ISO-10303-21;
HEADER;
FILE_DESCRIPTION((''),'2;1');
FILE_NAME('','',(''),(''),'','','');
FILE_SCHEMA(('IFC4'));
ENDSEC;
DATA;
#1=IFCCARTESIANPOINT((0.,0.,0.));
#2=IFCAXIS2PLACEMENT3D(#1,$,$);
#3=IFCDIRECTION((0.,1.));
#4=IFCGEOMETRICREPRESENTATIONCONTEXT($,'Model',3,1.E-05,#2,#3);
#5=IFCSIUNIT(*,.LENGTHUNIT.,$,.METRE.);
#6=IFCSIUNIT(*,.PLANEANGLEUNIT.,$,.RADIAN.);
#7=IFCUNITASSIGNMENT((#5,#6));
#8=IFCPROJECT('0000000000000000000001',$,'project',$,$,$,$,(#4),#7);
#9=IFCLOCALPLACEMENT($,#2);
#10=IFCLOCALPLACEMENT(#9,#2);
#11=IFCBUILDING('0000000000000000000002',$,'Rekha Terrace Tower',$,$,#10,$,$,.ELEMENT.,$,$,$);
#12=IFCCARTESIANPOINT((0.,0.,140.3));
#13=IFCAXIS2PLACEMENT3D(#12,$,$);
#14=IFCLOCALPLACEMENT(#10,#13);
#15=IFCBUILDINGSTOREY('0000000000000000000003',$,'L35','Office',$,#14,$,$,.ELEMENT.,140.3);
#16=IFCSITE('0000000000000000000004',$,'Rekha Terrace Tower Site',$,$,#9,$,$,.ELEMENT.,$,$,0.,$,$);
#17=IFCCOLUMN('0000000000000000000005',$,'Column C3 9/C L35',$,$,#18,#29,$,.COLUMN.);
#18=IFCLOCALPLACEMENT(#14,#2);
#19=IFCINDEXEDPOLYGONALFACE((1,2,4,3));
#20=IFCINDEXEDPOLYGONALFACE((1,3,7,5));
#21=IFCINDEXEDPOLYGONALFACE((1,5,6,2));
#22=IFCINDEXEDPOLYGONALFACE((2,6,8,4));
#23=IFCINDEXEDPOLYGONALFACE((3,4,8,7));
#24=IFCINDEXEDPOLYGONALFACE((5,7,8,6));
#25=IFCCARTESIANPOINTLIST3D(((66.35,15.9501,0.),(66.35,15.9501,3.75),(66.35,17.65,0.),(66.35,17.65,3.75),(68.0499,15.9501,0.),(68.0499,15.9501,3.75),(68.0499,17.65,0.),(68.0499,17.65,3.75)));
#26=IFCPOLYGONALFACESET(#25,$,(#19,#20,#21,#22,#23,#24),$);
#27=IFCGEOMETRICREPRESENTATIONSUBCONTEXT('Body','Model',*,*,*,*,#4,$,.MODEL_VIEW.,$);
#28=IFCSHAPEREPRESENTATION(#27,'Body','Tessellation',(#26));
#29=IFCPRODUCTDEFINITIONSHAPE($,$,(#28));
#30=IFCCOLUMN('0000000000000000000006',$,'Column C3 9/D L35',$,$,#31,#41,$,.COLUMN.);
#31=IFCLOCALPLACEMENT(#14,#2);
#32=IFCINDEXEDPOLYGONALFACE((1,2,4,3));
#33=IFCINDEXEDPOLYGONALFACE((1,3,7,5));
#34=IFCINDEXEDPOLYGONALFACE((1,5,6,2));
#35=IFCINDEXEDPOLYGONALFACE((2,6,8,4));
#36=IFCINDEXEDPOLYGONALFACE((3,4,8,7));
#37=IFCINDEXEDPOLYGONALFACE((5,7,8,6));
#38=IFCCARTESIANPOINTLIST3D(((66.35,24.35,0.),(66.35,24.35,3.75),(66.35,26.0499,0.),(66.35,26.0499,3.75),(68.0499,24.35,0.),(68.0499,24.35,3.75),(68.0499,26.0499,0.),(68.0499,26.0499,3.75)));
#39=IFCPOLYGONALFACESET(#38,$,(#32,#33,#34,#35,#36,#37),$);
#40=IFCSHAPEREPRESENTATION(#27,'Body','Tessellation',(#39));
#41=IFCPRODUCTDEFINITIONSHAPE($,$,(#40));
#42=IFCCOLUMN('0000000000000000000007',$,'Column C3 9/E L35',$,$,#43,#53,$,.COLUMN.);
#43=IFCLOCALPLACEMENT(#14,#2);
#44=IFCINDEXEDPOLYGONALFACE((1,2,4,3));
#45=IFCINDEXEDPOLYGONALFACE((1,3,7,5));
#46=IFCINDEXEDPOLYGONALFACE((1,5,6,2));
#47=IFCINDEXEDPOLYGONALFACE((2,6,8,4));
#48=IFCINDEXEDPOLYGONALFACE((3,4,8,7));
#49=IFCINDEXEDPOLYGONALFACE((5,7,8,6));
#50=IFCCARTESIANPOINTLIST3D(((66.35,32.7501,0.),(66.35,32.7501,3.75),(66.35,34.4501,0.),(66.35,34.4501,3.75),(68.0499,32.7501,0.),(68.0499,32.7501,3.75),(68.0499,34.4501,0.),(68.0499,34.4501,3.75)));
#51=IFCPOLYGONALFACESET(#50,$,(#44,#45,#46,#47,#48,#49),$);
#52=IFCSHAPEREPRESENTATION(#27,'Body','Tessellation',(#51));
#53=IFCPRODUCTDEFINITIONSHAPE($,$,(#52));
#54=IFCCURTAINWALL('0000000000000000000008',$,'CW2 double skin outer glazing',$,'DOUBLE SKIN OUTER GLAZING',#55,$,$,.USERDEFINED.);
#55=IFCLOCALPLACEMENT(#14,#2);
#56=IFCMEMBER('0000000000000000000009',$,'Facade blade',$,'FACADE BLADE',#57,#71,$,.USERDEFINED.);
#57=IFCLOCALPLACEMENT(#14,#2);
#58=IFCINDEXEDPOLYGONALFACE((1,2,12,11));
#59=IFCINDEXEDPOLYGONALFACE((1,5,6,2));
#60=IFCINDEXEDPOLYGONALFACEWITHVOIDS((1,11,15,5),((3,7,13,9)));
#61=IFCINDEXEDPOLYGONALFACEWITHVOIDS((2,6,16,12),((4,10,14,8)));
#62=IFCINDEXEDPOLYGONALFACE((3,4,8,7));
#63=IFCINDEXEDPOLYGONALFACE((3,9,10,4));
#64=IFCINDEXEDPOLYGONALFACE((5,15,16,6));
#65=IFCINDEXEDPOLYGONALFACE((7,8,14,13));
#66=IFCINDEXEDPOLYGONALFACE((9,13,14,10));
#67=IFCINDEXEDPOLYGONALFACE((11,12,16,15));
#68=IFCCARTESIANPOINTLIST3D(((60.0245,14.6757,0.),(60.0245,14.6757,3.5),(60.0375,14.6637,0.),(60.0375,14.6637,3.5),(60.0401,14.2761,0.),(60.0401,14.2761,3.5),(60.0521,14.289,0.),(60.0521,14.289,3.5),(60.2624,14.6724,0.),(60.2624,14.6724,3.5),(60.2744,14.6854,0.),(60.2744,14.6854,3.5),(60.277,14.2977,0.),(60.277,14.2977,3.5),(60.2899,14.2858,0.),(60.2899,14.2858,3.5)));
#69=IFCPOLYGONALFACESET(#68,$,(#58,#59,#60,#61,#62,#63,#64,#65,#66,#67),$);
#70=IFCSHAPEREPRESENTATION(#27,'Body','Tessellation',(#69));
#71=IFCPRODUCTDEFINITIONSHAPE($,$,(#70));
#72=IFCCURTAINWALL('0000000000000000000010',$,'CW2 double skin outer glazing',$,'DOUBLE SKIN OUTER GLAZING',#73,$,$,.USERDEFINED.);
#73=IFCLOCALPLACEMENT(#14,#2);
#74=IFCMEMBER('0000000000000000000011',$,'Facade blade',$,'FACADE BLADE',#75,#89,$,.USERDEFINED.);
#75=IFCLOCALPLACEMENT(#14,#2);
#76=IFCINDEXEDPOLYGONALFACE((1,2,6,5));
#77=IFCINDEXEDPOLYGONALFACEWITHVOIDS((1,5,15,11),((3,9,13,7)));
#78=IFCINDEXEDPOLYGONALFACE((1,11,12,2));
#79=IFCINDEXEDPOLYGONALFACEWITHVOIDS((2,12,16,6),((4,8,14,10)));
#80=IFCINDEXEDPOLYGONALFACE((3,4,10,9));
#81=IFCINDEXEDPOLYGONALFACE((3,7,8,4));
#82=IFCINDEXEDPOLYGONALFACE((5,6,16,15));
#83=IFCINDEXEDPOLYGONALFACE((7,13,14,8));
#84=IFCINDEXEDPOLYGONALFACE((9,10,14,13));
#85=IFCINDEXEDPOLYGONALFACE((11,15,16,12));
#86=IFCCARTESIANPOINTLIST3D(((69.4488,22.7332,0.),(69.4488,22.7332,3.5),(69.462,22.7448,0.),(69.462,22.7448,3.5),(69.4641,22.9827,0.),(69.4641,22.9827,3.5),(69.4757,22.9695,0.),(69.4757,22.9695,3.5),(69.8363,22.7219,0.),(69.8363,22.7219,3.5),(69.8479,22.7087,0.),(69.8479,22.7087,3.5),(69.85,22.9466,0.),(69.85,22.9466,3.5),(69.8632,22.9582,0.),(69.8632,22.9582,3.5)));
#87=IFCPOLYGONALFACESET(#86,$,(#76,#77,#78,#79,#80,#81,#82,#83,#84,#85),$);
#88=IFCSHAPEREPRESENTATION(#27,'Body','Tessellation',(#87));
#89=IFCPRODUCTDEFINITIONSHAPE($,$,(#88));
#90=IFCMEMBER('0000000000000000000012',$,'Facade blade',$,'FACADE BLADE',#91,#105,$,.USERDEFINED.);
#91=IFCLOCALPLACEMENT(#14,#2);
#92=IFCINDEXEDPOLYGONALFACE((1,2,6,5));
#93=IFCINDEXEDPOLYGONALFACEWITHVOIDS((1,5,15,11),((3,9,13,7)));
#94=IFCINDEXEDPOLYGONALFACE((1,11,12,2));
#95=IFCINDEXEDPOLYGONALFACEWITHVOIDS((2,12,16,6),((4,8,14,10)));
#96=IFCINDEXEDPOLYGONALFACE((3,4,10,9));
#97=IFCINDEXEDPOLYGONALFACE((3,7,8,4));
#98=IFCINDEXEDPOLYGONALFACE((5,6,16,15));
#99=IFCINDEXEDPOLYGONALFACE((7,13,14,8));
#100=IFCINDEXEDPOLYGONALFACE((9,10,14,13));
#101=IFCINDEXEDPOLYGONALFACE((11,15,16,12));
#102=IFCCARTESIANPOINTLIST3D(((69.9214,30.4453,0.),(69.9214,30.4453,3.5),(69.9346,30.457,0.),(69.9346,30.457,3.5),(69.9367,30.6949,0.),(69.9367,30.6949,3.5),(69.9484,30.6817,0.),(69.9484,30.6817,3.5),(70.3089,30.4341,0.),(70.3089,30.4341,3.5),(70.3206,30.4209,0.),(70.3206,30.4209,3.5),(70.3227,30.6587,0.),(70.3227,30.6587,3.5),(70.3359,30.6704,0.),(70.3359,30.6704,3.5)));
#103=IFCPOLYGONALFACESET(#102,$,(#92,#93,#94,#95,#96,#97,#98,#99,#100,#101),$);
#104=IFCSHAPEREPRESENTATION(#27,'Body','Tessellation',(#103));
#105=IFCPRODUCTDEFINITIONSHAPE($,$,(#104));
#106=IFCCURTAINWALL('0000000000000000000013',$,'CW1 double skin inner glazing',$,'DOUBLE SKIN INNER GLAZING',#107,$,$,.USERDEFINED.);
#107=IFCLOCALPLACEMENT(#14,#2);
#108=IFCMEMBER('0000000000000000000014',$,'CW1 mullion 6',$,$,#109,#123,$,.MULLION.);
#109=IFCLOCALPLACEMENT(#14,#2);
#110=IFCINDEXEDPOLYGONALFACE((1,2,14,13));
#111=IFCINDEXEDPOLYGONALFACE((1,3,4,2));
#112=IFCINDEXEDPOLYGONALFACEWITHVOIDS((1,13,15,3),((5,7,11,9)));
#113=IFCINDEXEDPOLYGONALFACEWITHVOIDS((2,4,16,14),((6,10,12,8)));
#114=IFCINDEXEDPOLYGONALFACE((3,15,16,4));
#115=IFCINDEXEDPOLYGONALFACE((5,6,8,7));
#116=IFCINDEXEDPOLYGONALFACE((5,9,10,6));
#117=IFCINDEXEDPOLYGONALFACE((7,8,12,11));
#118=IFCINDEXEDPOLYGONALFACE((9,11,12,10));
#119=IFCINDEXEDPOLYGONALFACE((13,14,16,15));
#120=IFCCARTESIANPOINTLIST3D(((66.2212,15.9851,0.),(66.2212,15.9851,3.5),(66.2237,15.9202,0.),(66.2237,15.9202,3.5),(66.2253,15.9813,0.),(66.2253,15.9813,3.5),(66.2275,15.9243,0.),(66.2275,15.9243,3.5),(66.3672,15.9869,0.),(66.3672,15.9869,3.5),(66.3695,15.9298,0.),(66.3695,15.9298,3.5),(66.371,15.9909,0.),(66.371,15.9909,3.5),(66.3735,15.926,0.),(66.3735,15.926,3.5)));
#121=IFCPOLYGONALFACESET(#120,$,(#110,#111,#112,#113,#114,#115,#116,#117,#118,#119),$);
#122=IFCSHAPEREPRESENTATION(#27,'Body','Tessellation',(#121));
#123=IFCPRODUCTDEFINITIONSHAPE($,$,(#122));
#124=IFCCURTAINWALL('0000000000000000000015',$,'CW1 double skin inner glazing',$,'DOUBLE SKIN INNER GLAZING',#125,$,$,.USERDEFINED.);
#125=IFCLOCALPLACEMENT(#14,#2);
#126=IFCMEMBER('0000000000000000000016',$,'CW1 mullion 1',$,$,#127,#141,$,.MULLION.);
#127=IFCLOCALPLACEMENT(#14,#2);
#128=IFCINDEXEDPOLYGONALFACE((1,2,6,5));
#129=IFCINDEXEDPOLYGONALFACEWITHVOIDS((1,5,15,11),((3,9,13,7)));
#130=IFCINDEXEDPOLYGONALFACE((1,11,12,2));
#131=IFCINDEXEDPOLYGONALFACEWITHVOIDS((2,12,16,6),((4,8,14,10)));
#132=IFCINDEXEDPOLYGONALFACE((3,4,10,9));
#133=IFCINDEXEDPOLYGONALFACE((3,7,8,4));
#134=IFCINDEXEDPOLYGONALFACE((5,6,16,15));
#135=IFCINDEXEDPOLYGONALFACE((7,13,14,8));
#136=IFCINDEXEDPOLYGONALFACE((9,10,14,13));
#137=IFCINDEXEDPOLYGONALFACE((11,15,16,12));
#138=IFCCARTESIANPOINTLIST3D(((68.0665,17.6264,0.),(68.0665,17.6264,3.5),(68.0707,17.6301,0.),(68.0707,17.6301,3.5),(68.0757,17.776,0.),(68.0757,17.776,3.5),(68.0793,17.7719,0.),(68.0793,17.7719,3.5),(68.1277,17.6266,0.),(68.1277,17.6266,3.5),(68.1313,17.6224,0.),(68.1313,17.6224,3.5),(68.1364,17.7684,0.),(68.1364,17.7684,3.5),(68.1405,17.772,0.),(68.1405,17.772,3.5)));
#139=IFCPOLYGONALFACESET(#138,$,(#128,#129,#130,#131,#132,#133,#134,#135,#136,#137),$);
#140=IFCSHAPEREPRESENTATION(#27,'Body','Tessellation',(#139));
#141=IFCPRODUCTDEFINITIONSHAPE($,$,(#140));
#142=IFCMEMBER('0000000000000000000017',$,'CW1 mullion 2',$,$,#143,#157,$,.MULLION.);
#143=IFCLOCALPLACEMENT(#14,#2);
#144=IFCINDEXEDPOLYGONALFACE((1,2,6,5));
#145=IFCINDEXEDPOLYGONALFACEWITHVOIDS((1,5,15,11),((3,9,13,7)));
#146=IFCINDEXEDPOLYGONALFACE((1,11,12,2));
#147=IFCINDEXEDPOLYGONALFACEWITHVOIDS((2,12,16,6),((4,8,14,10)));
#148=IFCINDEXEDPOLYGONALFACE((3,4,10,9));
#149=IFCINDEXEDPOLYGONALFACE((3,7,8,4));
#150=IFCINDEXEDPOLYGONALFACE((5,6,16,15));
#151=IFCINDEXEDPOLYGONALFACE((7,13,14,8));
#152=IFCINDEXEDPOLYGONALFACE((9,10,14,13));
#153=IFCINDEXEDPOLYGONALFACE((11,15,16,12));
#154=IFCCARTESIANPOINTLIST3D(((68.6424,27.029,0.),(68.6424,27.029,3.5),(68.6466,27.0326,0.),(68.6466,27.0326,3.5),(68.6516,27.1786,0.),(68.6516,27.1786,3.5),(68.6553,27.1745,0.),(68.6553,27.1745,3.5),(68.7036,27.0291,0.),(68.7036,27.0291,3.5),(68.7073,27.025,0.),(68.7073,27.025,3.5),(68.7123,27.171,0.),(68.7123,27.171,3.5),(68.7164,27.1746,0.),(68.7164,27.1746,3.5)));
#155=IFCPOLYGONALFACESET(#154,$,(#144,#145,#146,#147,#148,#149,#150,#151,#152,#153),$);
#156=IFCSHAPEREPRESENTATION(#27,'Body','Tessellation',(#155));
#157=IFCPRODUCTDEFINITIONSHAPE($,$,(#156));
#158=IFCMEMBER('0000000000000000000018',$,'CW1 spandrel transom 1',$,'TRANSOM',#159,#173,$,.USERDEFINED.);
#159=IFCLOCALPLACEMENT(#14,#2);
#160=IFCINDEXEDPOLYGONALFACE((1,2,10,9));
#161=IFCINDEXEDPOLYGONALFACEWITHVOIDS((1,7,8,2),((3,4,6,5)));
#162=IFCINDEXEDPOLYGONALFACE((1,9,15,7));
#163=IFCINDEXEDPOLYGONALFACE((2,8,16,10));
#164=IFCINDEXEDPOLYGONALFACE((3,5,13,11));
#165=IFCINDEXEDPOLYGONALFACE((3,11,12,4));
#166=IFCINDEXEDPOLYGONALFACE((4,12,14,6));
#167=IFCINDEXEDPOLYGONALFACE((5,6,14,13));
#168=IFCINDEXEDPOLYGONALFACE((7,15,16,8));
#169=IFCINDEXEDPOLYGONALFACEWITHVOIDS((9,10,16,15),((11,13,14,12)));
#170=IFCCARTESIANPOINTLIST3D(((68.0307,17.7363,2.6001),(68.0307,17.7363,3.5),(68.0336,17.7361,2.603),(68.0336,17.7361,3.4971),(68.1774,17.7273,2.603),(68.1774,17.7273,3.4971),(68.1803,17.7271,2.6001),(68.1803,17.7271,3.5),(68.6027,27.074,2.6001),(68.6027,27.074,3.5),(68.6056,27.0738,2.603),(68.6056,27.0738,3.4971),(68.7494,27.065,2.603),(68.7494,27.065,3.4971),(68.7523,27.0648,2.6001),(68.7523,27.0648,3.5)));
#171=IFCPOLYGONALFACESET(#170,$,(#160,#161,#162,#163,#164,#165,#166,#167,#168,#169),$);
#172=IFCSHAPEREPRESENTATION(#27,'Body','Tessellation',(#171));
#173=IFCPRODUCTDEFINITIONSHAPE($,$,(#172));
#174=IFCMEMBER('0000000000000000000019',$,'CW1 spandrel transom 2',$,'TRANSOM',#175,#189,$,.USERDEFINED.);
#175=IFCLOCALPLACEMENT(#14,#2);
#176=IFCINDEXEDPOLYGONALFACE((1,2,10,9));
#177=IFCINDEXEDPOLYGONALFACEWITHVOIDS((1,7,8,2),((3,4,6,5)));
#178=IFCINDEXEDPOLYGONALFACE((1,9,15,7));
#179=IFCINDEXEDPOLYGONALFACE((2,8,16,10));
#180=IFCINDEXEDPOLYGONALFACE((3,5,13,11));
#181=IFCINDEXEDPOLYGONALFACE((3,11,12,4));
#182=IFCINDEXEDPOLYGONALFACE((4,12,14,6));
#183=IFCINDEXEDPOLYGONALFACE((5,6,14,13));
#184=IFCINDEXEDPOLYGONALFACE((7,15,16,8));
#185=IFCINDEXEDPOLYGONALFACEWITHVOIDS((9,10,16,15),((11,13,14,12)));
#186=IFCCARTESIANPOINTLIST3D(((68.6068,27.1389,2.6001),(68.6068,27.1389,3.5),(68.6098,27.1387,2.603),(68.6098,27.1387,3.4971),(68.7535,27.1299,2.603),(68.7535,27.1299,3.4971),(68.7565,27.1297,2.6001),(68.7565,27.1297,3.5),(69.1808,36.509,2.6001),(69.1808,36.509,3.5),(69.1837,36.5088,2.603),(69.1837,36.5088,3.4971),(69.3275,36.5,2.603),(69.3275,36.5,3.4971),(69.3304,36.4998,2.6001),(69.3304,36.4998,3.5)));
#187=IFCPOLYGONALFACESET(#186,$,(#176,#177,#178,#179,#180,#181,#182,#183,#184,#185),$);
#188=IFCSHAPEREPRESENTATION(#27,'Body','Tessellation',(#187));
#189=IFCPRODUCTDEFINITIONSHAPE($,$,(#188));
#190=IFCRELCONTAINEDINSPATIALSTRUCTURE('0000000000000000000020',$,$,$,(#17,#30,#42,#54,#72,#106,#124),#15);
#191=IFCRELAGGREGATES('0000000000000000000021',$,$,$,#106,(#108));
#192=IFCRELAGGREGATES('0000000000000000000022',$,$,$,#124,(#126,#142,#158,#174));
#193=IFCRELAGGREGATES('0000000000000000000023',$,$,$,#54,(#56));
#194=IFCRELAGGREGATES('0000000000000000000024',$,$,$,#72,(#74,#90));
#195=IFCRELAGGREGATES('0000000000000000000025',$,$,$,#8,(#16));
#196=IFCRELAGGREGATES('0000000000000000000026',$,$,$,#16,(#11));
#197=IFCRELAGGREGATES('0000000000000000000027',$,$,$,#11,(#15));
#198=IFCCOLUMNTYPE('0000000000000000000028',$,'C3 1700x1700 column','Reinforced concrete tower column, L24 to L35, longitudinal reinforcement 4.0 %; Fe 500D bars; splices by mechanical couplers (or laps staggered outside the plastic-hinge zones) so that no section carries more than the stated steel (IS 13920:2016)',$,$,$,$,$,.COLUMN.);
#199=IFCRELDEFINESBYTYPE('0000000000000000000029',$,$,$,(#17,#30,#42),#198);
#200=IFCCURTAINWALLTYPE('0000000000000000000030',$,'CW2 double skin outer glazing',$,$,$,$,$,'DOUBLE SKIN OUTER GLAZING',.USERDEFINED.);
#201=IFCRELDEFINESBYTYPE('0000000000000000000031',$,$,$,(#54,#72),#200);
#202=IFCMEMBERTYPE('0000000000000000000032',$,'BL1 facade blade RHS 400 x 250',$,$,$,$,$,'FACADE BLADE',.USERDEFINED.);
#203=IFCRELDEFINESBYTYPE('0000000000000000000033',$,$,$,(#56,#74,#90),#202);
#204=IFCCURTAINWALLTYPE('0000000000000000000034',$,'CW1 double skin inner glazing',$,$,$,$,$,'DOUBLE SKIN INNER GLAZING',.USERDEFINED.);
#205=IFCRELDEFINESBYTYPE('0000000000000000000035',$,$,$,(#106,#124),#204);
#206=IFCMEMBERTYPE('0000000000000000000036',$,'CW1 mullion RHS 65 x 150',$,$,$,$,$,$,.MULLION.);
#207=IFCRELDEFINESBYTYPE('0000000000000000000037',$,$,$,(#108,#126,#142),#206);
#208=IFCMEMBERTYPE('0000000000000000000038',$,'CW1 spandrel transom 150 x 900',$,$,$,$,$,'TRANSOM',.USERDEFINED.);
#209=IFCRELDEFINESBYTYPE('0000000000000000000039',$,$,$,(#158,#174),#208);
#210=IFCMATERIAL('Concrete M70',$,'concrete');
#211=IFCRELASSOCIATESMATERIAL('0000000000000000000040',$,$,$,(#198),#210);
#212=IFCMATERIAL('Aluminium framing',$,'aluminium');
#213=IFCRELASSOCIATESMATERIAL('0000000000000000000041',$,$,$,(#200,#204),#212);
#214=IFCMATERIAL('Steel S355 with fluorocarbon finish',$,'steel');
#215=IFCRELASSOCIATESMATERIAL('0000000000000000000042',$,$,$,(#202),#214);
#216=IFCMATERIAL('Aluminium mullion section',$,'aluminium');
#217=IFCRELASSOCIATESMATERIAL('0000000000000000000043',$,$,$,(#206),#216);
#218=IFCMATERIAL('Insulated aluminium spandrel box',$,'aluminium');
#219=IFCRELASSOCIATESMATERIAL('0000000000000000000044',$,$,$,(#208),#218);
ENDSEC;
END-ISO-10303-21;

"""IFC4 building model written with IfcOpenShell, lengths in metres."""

from ifc_helpers import new_model, si_unit, direction, frame, origin, origin_2d, place, context, subcontext, project, spatial, rectangle, hollow_rectangle, extrude, material, material_profile, profile_set, type_object, element, aggregate, save


model = new_model("IFC4")

# Units and contexts
model_context = context("Model", 3, precision=1e-05, world=origin(), true_north=direction((0.0, 1.0)))
body_context = subcontext(model_context, "Body", "Model", "MODEL_VIEW")
ifc_project = project(units=[si_unit("LENGTHUNIT", "METRE"), si_unit("PLANEANGLEUNIT", "RADIAN")], contexts=[model_context])

# Site, building, storey
site_placement = place(None, origin())
site = spatial("IfcSite", under=ifc_project, at=site_placement, Name="Rekha Terrace Tower Site", CompositionType="ELEMENT", RefElevation=0.0)
building_placement = place(site_placement, origin())
building = spatial("IfcBuilding", under=site, at=building_placement, Name="Rekha Terrace Tower", CompositionType="ELEMENT")
storey_placement = place(building_placement, frame((0.0, 0.0, 140.3)))
storey = spatial("IfcBuildingStorey", under=building, at=storey_placement, Name="L35", Description="Office", CompositionType="ELEMENT", Elevation=140.3)

# Columns
ifc_material_1 = material(Name="Concrete M70", Category="concrete")
ifc_material_profile_1 = material_profile(ifc_material_1, rectangle(XDim=1.7, YDim=1.7, at=origin_2d()), Name="RC 1700x1700")
ifc_profile_set_1 = profile_set([ifc_material_profile_1], Name="Concrete M70")
column_type = type_object("IfcColumnType", Name="C3 1700x1700 column", Description="Reinforced concrete tower column, L24 to L35, longitudinal reinforcement 4.0 %; Fe 500D bars; splices by mechanical couplers (or laps staggered outside the plastic-hinge zones) so that no section carries more than the stated steel (IS 13920:2016)", PredefinedType="COLUMN", material=ifc_profile_set_1)
for number, where, z_axis, x_axis, name in (
    (1, (67.2, 16.8, 0.0), (0.0, 0.0, 1.0), (1.0, 0.0, 0.0), "Column C3 9/C L35"),
    (2, (67.2, 25.2, 0.0), (0.0, 0.0, 1.0), (1.0, 0.0, 0.0), "Column C3 9/D L35"),
    (3, (67.2, 33.6001, 0.0), (0.0, 0.0, 1.0), (1.0, 0.0, 0.0), "Column C3 9/E L35"),
):
    element("IfcColumn", number, at=place(storey_placement, frame(where, z_axis=z_axis, x_axis=x_axis)), inside=storey, type_object=column_type, Name=name, PredefinedType="COLUMN", context=body_context, shape_type="SweptSolid", body=[
        extrude(rectangle(XDim=1.7, YDim=1.7, at=origin_2d()), origin(), (0.0, 0.0, 1.0), 3.75),
    ])

# Curtain wall, member
ifc_material_2 = material(Name="Aluminium framing", Category="aluminium")
curtain_wall_type_1 = type_object("IfcCurtainWallType", Name="CW2 double skin outer glazing", ElementType="DOUBLE SKIN OUTER GLAZING", PredefinedType="USERDEFINED", material=ifc_material_2)
curtain_wall_1_placement = place(storey_placement, origin())
curtain_wall_1 = element("IfcCurtainWall", 4, at=curtain_wall_1_placement, inside=storey, type_object=curtain_wall_type_1, Name="CW2 double skin outer glazing", ObjectType="DOUBLE SKIN OUTER GLAZING", PredefinedType="USERDEFINED")
ifc_material_3 = material(Name="Steel S355 with fluorocarbon finish", Category="steel")
ifc_material_profile_2 = material_profile(ifc_material_3, hollow_rectangle(XDim=0.25, YDim=0.3999, WallThickness=0.0125, at=origin_2d()), Name="RHS400x250x12.5")
ifc_profile_set_2 = profile_set([ifc_material_profile_2], Name="Steel S355 with fluorocarbon finish")
member_type_1 = type_object("IfcMemberType", Name="BL1 facade blade RHS 400 x 250", ElementType="FACADE BLADE", PredefinedType="USERDEFINED", material=ifc_profile_set_2)
member_1_placement = place(storey_placement, frame((60.1572, 14.4807, 0.0), z_axis=(0.0, 0.0, 1.0), x_axis=(0.999243, 0.03889, 0.0)))
member_1 = element("IfcMember", 5, at=member_1_placement, type_object=member_type_1, Name="Facade blade", ObjectType="FACADE BLADE", PredefinedType="USERDEFINED", context=body_context, shape_type="SweptSolid", body=[
    extrude(hollow_rectangle(XDim=0.25, YDim=0.3999, WallThickness=0.0125, at=origin_2d()), origin(), (0.0, 0.0, 1.0), 3.5),
])

# Curtain wall, members
curtain_wall_2_placement = place(storey_placement, origin())
curtain_wall_2 = element("IfcCurtainWall", 6, at=curtain_wall_2_placement, inside=storey, type_object=curtain_wall_type_1, Name="CW2 double skin outer glazing", ObjectType="DOUBLE SKIN OUTER GLAZING", PredefinedType="USERDEFINED")
member_2_placement = place(storey_placement, frame((69.656, 22.8457, 0.0), z_axis=(0.0, 0.0, 1.0), x_axis=(0.06116, 0.998128, 0.0)))
member_2 = element("IfcMember", 7, at=member_2_placement, type_object=member_type_1, Name="Facade blade", ObjectType="FACADE BLADE", PredefinedType="USERDEFINED", context=body_context, shape_type="SweptSolid", body=[
    extrude(hollow_rectangle(XDim=0.25, YDim=0.3999, WallThickness=0.0125, at=origin_2d()), origin(), (0.0, 0.0, 1.0), 3.5),
])
member_3_placement = place(storey_placement, frame((70.1287, 30.5579, 0.0), z_axis=(0.0, 0.0, 1.0), x_axis=(0.06116, 0.998128, 0.0)))
member_3 = element("IfcMember", 8, at=member_3_placement, type_object=member_type_1, Name="Facade blade", ObjectType="FACADE BLADE", PredefinedType="USERDEFINED", context=body_context, shape_type="SweptSolid", body=[
    extrude(hollow_rectangle(XDim=0.25, YDim=0.3999, WallThickness=0.0125, at=origin_2d()), origin(), (0.0, 0.0, 1.0), 3.5),
])

# Curtain wall, member
curtain_wall_type_2 = type_object("IfcCurtainWallType", Name="CW1 double skin inner glazing", ElementType="DOUBLE SKIN INNER GLAZING", PredefinedType="USERDEFINED", material=ifc_material_2)
curtain_wall_3_placement = place(storey_placement, origin())
curtain_wall_3 = element("IfcCurtainWall", 9, at=curtain_wall_3_placement, inside=storey, type_object=curtain_wall_type_2, Name="CW1 double skin inner glazing", ObjectType="DOUBLE SKIN INNER GLAZING", PredefinedType="USERDEFINED")
ifc_material_4 = material(Name="Aluminium mullion section", Category="aluminium")
ifc_material_profile_3 = material_profile(ifc_material_4, hollow_rectangle(XDim=0.0649, YDim=0.1499, WallThickness=0.0039, at=origin_2d()), Name="AL RHS 65x150")
ifc_profile_set_3 = profile_set([ifc_material_profile_3], Name="Aluminium mullion section")
member_type_2 = type_object("IfcMemberType", Name="CW1 mullion RHS 65 x 150", PredefinedType="MULLION", material=ifc_profile_set_3)
member_4_placement = place(storey_placement, frame((66.2974, 15.9556, 0.0), z_axis=(0.0, 0.0, 1.0), x_axis=(-0.03889, 0.999243, 0.0)))
member_4 = element("IfcMember", 10, at=member_4_placement, type_object=member_type_2, Name="CW1 mullion 6", PredefinedType="MULLION", context=body_context, shape_type="SweptSolid", body=[
    extrude(hollow_rectangle(XDim=0.0649, YDim=0.1499, WallThickness=0.0039, at=origin_2d()), origin(), (0.0, 0.0, 1.0), 3.5),
])

# Curtain wall, members
curtain_wall_4_placement = place(storey_placement, origin())
curtain_wall_4 = element("IfcCurtainWall", 11, at=curtain_wall_4_placement, inside=storey, type_object=curtain_wall_type_2, Name="CW1 double skin inner glazing", ObjectType="DOUBLE SKIN INNER GLAZING", PredefinedType="USERDEFINED")
member_5_placement = place(storey_placement, frame((68.1035, 17.6992, 0.0), z_axis=(0.0, 0.0, 1.0), x_axis=(-0.998128, 0.06116, 0.0)))
member_5 = element("IfcMember", 12, at=member_5_placement, type_object=member_type_2, Name="CW1 mullion 1", PredefinedType="MULLION", context=body_context, shape_type="SweptSolid", body=[
    extrude(hollow_rectangle(XDim=0.0649, YDim=0.1499, WallThickness=0.0039, at=origin_2d()), origin(), (0.0, 0.0, 1.0), 3.5),
])
member_6_placement = place(storey_placement, frame((68.6794, 27.1018, 0.0), z_axis=(0.0, 0.0, 1.0), x_axis=(-0.998128, 0.06116, 0.0)))
member_6 = element("IfcMember", 13, at=member_6_placement, type_object=member_type_2, Name="CW1 mullion 2", PredefinedType="MULLION", context=body_context, shape_type="SweptSolid", body=[
    extrude(hollow_rectangle(XDim=0.0649, YDim=0.1499, WallThickness=0.0039, at=origin_2d()), origin(), (0.0, 0.0, 1.0), 3.5),
])
ifc_material_5 = material(Name="Insulated aluminium spandrel box", Category="aluminium")
ifc_material_profile_4 = material_profile(ifc_material_5, hollow_rectangle(XDim=0.1499, YDim=0.8999, WallThickness=0.0029, at=origin_2d()), Name="AL SPANDREL BOX 150x900")
ifc_profile_set_4 = profile_set([ifc_material_profile_4], Name="Insulated aluminium spandrel box")
member_type_3 = type_object("IfcMemberType", Name="CW1 spandrel transom 150 x 900", ElementType="TRANSOM", PredefinedType="USERDEFINED", material=ifc_profile_set_4)
member_7_placement = place(storey_placement, frame((68.1055, 17.7317, 3.05), z_axis=(0.061145, 0.998129, 0.0), x_axis=(-0.998129, 0.061145, 0.0)))
member_7 = element("IfcMember", 14, at=member_7_placement, type_object=member_type_3, Name="CW1 spandrel transom 1", ObjectType="TRANSOM", PredefinedType="USERDEFINED", context=body_context, shape_type="SweptSolid", body=[
    extrude(hollow_rectangle(XDim=0.1499, YDim=0.8999, WallThickness=0.0029, at=origin_2d()), origin(), (0.0, 0.0, 1.0), 9.3552),
])
member_8_placement = place(storey_placement, frame((68.6816, 27.1343, 3.05), z_axis=(0.061141, 0.998129, 0.0), x_axis=(-0.998129, 0.061141, 0.0)))
member_8 = element("IfcMember", 15, at=member_8_placement, type_object=member_type_3, Name="CW1 spandrel transom 2", ObjectType="TRANSOM", PredefinedType="USERDEFINED", context=body_context, shape_type="SweptSolid", body=[
    extrude(hollow_rectangle(XDim=0.1499, YDim=0.8999, WallThickness=0.0029, at=origin_2d()), origin(), (0.0, 0.0, 1.0), 9.3877),
])

aggregate(curtain_wall_3, [member_4])
aggregate(curtain_wall_4, [member_5, member_6, member_7, member_8])
aggregate(curtain_wall_1, [member_1])
aggregate(curtain_wall_2, [member_2, member_3])

save(model, "model.ifc")
